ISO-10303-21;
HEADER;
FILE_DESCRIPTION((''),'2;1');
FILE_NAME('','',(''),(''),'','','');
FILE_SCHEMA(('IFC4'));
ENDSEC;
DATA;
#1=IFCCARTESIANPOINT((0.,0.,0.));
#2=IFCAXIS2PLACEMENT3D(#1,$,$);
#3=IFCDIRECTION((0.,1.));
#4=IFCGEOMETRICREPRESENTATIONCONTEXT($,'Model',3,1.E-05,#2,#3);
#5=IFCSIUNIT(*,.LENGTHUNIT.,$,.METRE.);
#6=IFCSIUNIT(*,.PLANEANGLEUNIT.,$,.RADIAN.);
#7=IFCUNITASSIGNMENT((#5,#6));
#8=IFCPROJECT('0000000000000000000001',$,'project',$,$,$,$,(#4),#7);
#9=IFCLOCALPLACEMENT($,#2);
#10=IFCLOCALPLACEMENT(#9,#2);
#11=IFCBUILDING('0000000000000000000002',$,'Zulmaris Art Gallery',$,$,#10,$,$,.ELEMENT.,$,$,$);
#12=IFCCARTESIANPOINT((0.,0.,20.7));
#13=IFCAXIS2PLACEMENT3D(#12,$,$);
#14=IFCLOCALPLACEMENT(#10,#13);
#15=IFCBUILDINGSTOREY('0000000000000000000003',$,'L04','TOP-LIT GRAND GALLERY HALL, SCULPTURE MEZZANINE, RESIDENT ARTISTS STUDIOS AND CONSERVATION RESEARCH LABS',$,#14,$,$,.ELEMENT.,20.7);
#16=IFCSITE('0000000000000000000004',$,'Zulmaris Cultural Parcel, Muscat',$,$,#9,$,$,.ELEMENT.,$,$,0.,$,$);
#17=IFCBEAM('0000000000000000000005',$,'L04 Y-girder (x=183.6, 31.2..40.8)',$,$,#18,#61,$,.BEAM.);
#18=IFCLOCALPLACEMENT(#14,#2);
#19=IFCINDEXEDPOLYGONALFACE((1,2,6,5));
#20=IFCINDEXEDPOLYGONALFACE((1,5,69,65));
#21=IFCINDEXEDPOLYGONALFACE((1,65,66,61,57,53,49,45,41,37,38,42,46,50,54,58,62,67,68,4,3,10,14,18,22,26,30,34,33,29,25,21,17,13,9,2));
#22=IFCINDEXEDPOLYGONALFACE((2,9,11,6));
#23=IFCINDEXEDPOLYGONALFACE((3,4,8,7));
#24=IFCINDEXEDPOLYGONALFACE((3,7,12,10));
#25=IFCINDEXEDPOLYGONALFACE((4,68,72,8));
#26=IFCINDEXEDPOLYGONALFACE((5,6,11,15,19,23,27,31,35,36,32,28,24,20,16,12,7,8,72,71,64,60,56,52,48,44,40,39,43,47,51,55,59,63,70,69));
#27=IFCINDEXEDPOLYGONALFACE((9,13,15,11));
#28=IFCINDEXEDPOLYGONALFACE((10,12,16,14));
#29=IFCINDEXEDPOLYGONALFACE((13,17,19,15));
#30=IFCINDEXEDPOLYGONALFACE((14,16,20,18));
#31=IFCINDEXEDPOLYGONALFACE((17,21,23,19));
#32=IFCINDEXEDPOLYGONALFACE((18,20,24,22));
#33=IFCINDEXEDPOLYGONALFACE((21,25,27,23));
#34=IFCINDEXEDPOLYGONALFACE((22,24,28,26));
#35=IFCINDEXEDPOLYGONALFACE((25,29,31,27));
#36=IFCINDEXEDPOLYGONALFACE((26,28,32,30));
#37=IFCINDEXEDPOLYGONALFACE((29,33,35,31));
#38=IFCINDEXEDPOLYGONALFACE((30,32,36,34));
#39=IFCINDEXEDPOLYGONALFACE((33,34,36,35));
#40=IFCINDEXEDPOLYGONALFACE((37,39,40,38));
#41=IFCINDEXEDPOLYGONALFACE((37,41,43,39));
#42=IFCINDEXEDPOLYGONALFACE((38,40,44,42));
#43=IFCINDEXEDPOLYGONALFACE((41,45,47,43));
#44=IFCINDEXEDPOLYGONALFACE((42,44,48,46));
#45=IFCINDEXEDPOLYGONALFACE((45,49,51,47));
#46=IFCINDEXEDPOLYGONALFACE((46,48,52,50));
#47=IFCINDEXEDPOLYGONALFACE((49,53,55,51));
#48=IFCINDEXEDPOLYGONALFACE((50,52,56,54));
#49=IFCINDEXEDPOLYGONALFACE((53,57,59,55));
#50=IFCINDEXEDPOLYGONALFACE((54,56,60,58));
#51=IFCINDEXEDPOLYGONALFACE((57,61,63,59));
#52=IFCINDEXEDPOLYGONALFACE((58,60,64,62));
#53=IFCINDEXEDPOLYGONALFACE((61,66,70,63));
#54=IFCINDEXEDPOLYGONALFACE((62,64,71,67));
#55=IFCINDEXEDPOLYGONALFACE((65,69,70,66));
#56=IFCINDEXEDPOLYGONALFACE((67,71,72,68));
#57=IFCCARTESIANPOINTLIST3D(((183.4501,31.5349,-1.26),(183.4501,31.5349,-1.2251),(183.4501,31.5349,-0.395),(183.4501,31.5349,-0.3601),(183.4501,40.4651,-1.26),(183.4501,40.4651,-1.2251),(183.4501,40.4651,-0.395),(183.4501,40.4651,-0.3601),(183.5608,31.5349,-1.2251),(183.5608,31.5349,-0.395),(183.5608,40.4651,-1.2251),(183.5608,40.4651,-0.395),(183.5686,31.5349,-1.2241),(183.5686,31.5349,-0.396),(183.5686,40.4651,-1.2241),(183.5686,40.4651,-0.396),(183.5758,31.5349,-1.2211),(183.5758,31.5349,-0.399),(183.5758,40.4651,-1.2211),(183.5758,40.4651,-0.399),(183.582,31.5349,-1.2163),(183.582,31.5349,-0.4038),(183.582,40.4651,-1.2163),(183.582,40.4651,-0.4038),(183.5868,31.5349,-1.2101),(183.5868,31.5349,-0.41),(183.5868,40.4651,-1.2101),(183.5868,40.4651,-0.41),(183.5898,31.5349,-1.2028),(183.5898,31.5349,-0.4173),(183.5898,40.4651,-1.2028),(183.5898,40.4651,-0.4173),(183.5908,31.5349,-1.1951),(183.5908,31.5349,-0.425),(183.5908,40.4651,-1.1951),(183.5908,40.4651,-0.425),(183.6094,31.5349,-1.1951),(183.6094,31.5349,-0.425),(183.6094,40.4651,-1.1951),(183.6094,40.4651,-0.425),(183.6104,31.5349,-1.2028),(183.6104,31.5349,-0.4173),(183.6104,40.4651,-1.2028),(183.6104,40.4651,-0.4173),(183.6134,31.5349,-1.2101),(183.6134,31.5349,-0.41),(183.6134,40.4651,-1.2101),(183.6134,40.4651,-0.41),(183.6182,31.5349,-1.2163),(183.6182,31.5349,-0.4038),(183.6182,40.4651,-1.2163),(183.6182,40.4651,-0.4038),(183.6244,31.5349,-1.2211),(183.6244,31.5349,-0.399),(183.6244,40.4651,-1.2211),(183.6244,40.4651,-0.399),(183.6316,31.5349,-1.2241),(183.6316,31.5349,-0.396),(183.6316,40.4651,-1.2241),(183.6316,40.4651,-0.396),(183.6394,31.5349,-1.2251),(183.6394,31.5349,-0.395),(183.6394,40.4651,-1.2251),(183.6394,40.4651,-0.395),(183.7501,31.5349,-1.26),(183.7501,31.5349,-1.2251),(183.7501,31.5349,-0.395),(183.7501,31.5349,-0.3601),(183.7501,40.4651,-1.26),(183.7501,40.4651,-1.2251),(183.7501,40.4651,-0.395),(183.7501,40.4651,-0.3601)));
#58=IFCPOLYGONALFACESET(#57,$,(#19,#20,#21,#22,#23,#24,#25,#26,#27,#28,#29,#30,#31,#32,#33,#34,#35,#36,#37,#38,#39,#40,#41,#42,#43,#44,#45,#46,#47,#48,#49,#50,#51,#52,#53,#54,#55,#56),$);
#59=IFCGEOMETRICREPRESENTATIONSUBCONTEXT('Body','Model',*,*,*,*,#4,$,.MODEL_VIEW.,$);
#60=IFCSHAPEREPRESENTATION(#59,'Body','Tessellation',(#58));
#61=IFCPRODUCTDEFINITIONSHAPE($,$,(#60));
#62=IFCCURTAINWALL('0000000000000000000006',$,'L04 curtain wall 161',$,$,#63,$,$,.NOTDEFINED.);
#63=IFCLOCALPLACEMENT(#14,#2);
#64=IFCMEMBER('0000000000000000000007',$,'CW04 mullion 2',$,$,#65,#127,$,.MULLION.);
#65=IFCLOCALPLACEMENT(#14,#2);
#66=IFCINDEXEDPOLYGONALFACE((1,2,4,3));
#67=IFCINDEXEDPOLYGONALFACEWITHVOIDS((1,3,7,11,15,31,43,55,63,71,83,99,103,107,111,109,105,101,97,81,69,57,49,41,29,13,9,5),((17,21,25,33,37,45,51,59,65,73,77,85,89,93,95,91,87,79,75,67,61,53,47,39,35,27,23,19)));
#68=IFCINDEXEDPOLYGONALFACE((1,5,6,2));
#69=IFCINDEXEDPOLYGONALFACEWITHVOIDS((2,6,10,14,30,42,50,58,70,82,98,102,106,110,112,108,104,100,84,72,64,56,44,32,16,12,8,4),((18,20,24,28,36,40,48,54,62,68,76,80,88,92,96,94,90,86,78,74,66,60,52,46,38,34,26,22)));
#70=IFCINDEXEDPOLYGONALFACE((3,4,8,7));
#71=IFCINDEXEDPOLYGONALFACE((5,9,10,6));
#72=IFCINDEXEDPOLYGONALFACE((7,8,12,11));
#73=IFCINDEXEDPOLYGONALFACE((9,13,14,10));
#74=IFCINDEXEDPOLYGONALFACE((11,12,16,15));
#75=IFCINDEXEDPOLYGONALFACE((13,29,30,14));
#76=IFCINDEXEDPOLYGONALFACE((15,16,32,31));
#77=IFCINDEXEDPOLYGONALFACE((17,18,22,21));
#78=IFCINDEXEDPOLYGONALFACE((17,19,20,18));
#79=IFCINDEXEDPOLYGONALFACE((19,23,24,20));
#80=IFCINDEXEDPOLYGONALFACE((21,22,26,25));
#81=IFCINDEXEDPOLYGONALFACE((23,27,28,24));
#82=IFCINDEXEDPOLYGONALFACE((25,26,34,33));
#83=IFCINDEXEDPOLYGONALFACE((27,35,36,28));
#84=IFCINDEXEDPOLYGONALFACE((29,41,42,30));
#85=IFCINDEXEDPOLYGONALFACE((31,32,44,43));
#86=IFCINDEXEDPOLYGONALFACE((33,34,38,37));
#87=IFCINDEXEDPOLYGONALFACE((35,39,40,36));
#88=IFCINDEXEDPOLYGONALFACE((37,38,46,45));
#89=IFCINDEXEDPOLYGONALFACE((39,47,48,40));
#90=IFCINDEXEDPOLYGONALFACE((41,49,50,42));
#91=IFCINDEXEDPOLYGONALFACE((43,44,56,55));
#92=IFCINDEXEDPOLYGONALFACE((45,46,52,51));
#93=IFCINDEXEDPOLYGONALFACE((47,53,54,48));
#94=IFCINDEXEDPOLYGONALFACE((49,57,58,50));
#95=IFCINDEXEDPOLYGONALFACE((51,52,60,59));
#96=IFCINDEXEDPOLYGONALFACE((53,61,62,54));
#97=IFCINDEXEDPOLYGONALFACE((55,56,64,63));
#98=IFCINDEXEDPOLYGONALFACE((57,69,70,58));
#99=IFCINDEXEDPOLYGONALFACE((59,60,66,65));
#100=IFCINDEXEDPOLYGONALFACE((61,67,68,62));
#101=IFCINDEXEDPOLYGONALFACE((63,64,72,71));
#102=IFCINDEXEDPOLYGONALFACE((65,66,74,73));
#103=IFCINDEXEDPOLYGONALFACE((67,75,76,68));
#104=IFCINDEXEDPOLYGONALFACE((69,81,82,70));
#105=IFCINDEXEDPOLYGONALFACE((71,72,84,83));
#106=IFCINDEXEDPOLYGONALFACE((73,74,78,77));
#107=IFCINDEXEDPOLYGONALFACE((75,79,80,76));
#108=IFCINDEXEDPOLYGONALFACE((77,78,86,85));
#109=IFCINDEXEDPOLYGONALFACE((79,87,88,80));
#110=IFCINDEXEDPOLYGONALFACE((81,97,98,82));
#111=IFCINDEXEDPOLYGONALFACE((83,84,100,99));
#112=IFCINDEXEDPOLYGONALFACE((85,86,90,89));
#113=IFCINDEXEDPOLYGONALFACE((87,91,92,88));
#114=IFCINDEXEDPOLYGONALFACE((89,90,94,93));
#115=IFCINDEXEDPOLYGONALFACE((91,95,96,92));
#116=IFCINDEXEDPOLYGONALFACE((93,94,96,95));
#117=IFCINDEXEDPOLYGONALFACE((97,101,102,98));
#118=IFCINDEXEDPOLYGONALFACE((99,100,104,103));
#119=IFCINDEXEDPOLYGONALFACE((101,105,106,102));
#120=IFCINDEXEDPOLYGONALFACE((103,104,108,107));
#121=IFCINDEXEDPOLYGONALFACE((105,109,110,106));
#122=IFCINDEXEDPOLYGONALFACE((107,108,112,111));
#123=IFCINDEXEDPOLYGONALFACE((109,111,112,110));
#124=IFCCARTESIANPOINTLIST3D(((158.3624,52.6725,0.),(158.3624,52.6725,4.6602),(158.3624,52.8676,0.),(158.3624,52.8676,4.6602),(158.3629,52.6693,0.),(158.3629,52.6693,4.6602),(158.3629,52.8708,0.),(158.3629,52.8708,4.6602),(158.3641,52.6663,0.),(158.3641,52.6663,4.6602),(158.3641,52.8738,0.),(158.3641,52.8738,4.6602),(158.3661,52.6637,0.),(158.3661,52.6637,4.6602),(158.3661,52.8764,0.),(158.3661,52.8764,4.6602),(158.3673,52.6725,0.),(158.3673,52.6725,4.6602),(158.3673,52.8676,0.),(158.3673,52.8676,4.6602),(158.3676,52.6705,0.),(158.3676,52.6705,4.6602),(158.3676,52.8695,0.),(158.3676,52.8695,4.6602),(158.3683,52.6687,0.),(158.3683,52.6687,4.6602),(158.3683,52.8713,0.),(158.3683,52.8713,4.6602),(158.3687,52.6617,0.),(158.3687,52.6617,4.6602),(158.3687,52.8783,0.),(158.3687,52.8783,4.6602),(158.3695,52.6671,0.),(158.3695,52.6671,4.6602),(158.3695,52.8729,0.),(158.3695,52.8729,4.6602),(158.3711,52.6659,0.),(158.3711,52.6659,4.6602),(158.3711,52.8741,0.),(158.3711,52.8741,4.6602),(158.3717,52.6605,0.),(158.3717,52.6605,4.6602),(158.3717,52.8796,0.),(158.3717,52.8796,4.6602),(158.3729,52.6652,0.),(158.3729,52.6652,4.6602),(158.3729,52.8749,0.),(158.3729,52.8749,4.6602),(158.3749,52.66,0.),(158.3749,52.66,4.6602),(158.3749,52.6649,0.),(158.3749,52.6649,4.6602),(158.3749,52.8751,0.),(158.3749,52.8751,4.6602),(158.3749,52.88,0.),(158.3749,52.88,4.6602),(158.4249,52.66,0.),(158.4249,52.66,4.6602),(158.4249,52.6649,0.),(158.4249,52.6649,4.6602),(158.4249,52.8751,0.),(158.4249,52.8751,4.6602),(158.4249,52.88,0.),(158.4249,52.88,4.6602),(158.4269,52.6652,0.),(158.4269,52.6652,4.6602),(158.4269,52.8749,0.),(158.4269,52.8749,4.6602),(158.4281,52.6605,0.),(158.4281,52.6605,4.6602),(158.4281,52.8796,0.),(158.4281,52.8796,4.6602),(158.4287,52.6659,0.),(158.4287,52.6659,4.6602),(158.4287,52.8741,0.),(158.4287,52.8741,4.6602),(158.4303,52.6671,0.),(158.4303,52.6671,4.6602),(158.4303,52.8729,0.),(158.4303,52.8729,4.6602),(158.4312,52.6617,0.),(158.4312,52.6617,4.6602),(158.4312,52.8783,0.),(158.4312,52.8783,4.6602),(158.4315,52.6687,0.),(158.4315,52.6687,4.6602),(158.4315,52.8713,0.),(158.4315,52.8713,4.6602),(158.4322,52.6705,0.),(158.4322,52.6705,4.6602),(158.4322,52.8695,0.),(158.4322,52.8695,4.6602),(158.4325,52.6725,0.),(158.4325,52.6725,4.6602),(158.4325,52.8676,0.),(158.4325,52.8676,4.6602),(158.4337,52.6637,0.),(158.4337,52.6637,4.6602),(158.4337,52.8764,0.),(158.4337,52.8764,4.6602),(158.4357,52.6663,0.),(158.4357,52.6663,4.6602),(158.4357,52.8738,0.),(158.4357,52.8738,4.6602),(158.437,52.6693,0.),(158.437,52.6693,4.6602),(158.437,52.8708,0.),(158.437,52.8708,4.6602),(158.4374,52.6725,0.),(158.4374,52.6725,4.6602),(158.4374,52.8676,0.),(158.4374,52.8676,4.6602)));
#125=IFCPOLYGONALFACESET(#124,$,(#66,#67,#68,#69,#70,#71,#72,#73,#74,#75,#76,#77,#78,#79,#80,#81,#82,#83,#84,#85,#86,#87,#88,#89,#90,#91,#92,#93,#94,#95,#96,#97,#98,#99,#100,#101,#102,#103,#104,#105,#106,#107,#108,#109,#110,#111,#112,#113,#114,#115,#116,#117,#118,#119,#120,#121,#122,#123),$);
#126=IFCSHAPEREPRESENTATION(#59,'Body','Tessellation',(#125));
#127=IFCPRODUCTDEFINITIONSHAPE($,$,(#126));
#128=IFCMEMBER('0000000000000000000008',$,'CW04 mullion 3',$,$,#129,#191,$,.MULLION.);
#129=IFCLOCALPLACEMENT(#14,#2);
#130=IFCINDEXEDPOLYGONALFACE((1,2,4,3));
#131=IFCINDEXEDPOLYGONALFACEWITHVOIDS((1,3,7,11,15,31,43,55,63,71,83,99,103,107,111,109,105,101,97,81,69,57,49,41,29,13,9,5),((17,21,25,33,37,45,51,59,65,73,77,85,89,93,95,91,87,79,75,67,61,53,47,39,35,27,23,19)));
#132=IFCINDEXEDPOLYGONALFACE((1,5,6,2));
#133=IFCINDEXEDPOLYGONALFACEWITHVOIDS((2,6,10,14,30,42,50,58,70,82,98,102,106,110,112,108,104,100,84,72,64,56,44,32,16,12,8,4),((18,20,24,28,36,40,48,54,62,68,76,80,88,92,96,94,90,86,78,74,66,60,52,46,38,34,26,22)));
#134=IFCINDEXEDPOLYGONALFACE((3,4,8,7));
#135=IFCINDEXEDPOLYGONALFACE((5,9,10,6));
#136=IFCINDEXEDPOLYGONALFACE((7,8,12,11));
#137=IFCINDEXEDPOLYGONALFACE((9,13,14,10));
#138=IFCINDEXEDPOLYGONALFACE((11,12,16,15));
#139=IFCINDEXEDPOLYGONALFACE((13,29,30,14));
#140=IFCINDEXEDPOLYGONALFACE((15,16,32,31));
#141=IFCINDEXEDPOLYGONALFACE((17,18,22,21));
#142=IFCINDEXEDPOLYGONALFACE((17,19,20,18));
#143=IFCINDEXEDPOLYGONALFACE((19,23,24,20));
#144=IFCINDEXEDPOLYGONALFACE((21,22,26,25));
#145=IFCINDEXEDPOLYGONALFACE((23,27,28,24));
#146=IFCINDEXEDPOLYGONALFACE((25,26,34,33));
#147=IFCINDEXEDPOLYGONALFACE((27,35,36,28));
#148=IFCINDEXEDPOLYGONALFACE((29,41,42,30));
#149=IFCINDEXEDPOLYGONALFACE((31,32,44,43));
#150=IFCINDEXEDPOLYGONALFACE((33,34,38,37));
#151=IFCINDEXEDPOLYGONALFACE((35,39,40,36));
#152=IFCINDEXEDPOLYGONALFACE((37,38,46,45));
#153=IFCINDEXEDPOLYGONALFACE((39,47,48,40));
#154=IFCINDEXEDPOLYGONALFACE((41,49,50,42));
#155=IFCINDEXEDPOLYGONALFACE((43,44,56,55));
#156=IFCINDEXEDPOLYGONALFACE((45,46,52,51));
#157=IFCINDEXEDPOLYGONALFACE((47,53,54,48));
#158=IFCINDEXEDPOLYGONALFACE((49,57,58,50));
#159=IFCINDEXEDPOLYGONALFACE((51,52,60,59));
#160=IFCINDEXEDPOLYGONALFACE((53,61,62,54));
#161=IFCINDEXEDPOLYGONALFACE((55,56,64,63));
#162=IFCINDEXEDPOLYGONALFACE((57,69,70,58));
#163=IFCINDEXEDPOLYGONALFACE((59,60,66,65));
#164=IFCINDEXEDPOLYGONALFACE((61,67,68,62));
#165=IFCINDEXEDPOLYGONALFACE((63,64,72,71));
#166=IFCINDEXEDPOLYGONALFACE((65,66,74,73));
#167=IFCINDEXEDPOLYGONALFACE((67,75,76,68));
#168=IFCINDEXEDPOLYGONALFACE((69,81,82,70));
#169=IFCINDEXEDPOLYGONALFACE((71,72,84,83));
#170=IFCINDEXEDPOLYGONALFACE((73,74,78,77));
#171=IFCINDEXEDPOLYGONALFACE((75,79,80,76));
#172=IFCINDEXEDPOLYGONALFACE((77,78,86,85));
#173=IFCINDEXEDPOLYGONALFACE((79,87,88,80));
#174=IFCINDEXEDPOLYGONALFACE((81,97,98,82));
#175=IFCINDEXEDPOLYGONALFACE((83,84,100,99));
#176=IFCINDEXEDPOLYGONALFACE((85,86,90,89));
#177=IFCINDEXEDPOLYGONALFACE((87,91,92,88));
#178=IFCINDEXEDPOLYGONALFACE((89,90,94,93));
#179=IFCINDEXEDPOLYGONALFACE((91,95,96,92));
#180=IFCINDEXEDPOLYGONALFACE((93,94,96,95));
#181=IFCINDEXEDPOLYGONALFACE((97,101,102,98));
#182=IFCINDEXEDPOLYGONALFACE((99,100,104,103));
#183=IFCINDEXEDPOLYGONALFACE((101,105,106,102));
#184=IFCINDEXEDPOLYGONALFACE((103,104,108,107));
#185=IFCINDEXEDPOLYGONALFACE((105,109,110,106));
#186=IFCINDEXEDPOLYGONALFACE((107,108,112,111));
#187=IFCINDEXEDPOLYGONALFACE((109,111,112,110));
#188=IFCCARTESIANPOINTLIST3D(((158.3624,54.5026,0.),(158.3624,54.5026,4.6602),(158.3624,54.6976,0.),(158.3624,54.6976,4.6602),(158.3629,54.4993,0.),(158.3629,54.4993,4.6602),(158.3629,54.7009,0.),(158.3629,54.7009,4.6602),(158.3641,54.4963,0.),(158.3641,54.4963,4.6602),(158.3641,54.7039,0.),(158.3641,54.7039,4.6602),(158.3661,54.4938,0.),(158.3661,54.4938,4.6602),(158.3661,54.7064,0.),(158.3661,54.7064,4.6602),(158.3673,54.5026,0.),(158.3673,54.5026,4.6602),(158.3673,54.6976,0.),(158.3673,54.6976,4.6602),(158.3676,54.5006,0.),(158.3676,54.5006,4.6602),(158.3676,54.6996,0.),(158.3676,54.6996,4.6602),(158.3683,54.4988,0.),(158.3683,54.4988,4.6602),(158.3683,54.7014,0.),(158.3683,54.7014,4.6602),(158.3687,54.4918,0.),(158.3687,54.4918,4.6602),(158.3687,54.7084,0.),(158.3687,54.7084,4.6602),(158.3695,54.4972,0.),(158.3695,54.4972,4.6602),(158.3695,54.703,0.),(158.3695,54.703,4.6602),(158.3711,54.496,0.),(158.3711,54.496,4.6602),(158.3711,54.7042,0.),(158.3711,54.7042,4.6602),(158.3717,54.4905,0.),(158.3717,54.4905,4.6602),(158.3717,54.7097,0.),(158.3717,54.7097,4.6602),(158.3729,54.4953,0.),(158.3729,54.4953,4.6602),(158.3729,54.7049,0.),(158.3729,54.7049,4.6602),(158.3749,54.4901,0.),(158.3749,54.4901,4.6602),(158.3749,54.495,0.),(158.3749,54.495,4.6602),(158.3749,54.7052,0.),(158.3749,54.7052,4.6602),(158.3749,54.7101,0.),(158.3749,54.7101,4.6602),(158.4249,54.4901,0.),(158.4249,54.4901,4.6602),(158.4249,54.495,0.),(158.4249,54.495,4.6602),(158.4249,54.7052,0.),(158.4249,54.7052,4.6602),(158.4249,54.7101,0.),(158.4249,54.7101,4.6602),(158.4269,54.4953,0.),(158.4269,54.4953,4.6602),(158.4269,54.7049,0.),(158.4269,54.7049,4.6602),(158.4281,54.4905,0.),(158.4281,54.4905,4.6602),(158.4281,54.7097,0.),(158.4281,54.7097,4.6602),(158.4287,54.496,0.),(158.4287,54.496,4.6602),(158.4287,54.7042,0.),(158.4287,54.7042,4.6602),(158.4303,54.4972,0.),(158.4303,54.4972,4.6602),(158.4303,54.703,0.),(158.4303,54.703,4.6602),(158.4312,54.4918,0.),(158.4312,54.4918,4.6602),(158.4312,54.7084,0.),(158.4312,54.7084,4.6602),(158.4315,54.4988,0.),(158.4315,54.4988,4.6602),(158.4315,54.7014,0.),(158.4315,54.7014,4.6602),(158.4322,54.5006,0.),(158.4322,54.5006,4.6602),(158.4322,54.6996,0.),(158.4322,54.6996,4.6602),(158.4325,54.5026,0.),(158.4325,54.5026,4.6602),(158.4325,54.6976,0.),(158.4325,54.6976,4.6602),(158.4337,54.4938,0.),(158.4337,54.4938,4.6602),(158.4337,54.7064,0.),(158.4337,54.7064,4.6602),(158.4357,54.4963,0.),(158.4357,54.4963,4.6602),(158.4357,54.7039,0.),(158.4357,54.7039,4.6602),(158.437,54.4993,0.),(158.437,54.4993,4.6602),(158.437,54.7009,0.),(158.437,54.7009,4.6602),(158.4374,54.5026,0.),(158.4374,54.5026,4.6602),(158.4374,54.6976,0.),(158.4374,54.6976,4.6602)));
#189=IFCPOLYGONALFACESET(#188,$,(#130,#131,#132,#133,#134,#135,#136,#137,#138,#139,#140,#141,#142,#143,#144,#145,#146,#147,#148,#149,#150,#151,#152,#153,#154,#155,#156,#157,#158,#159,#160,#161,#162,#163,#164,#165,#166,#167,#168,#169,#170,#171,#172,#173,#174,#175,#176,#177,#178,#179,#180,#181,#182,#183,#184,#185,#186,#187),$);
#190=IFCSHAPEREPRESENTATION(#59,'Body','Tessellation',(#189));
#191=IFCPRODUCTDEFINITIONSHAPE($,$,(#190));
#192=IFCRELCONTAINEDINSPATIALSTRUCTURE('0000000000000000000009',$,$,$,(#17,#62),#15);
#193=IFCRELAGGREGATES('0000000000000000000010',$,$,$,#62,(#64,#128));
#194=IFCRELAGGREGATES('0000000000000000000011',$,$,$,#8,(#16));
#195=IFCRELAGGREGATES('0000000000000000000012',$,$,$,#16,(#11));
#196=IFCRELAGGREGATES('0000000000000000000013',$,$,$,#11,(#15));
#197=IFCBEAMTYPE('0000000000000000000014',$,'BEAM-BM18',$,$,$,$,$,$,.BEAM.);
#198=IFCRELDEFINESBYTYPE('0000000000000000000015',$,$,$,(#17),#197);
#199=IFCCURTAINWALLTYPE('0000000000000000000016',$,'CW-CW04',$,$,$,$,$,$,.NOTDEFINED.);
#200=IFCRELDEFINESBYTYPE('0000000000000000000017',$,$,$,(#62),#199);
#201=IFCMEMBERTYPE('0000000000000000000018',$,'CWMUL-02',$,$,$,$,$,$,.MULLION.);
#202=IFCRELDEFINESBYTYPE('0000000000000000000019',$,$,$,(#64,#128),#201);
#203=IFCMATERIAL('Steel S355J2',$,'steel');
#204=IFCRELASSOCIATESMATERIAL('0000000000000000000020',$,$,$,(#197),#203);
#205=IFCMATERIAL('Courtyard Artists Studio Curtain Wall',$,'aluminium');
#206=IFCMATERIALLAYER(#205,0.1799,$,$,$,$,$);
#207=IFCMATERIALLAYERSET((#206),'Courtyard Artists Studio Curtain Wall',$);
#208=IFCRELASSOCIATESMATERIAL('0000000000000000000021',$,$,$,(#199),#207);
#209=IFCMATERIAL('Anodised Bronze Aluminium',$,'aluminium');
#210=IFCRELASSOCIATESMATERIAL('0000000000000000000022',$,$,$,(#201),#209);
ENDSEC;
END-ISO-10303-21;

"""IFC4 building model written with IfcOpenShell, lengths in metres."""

from ifc_helpers import new_model, si_unit, direction, frame, origin, origin_2d, place, context, subcontext, project, spatial, hollow_rectangle, i_section, extrude, material, layer, layer_set, material_profile, profile_set, type_object, element, aggregate, save


model = new_model("IFC4")

# Units and contexts
model_context = context("Model", 3, precision=1e-05, world=origin(), true_north=direction((0.0, 1.0)))
body_context = subcontext(model_context, "Body", "Model", "MODEL_VIEW")
ifc_project = project(units=[si_unit("LENGTHUNIT", "METRE"), si_unit("PLANEANGLEUNIT", "RADIAN")], contexts=[model_context])

# Site, building, storey
site_placement = place(None, origin())
site = spatial("IfcSite", under=ifc_project, at=site_placement, Name="Zulmaris Cultural Parcel, Muscat", CompositionType="ELEMENT", RefElevation=0.0)
building_placement = place(site_placement, origin())
building = spatial("IfcBuilding", under=site, at=building_placement, Name="Zulmaris Art Gallery", CompositionType="ELEMENT")
storey_placement = place(building_placement, frame((0.0, 0.0, 20.7)))
storey = spatial("IfcBuildingStorey", under=building, at=storey_placement, Name="L04", Description="TOP-LIT GRAND GALLERY HALL, SCULPTURE MEZZANINE, RESIDENT ARTISTS STUDIOS AND CONSERVATION RESEARCH LABS", CompositionType="ELEMENT", Elevation=20.7)

# Beam
ifc_material_1 = material(Name="Steel S355J2", Category="steel")
ifc_material_profile_1 = material_profile(ifc_material_1, i_section(OverallWidth=0.3, OverallDepth=0.8999, WebThickness=0.0186, FlangeThickness=0.0349, FilletRadius=0.03, at=origin_2d()), Name="HEB 900")
ifc_profile_set_1 = profile_set([ifc_material_profile_1], Name="Steel S355J2")
beam_type = type_object("IfcBeamType", Name="BEAM-BM18", PredefinedType="BEAM", material=ifc_profile_set_1)
beam_placement = place(storey_placement, frame((183.6001, 31.5349, -0.8101), z_axis=(0.0, 1.0, 0.0), x_axis=(-1.0, 0.0, 0.0)))
element("IfcBeam", 1, at=beam_placement, inside=storey, type_object=beam_type, Name="L04 Y-girder (x=183.6, 31.2..40.8)", PredefinedType="BEAM", context=body_context, shape_type="SweptSolid", body=[
    extrude(i_section(OverallWidth=0.3, OverallDepth=0.8999, WebThickness=0.0186, FlangeThickness=0.0349, FilletRadius=0.03, at=origin_2d()), origin(), (0.0, 0.0, 1.0), 8.9302),
])

# Curtain wall, members
ifc_material_2 = material(Name="Courtyard Artists Studio Curtain Wall", Category="aluminium")
ifc_layer_1 = layer(ifc_material_2, 0.1799)
ifc_layer_set_1 = layer_set([ifc_layer_1], Name="Courtyard Artists Studio Curtain Wall")
curtain_wall_type = type_object("IfcCurtainWallType", Name="CW-CW04", PredefinedType="NOTDEFINED", material=ifc_layer_set_1)
curtain_wall_placement = place(storey_placement, origin())
curtain_wall = element("IfcCurtainWall", 2, at=curtain_wall_placement, inside=storey, type_object=curtain_wall_type, Name="L04 curtain wall 161", PredefinedType="NOTDEFINED")
ifc_material_3 = material(Name="Anodised Bronze Aluminium", Category="aluminium")
ifc_material_profile_2 = material_profile(ifc_material_3, hollow_rectangle(XDim=0.075, YDim=0.22, WallThickness=0.0049, InnerFilletRadius=0.0076, OuterFilletRadius=0.0125, at=origin_2d()), Name="ALU 75x220x5")
ifc_profile_set_2 = profile_set([ifc_material_profile_2], Name="Anodised Bronze Aluminium")
member_type_1 = type_object("IfcMemberType", Name="CWMUL-02", PredefinedType="MULLION", material=ifc_profile_set_2)
member_1_placement = place(storey_placement, frame((158.3999, 52.77, 0.0), z_axis=(0.0, 0.0, 1.0), x_axis=(-1.0, 0.0, 0.0)))
member_1 = element("IfcMember", 3, at=member_1_placement, type_object=member_type_1, Name="CW04 mullion 2", PredefinedType="MULLION", context=body_context, shape_type="SweptSolid", body=[
    extrude(hollow_rectangle(XDim=0.075, YDim=0.22, WallThickness=0.0049, InnerFilletRadius=0.0076, OuterFilletRadius=0.0125, at=origin_2d()), origin(), (0.0, 0.0, 1.0), 4.6602),
])
member_2_placement = place(storey_placement, frame((158.3999, 54.6001, 0.0), z_axis=(0.0, 0.0, 1.0), x_axis=(-1.0, 0.0, 0.0)))
member_2 = element("IfcMember", 4, at=member_2_placement, type_object=member_type_1, Name="CW04 mullion 3", PredefinedType="MULLION", context=body_context, shape_type="SweptSolid", body=[
    extrude(hollow_rectangle(XDim=0.075, YDim=0.22, WallThickness=0.0049, InnerFilletRadius=0.0076, OuterFilletRadius=0.0125, at=origin_2d()), origin(), (0.0, 0.0, 1.0), 4.6602),
])
aggregate(curtain_wall, [member_1, member_2])

save(model, "model.ifc")
